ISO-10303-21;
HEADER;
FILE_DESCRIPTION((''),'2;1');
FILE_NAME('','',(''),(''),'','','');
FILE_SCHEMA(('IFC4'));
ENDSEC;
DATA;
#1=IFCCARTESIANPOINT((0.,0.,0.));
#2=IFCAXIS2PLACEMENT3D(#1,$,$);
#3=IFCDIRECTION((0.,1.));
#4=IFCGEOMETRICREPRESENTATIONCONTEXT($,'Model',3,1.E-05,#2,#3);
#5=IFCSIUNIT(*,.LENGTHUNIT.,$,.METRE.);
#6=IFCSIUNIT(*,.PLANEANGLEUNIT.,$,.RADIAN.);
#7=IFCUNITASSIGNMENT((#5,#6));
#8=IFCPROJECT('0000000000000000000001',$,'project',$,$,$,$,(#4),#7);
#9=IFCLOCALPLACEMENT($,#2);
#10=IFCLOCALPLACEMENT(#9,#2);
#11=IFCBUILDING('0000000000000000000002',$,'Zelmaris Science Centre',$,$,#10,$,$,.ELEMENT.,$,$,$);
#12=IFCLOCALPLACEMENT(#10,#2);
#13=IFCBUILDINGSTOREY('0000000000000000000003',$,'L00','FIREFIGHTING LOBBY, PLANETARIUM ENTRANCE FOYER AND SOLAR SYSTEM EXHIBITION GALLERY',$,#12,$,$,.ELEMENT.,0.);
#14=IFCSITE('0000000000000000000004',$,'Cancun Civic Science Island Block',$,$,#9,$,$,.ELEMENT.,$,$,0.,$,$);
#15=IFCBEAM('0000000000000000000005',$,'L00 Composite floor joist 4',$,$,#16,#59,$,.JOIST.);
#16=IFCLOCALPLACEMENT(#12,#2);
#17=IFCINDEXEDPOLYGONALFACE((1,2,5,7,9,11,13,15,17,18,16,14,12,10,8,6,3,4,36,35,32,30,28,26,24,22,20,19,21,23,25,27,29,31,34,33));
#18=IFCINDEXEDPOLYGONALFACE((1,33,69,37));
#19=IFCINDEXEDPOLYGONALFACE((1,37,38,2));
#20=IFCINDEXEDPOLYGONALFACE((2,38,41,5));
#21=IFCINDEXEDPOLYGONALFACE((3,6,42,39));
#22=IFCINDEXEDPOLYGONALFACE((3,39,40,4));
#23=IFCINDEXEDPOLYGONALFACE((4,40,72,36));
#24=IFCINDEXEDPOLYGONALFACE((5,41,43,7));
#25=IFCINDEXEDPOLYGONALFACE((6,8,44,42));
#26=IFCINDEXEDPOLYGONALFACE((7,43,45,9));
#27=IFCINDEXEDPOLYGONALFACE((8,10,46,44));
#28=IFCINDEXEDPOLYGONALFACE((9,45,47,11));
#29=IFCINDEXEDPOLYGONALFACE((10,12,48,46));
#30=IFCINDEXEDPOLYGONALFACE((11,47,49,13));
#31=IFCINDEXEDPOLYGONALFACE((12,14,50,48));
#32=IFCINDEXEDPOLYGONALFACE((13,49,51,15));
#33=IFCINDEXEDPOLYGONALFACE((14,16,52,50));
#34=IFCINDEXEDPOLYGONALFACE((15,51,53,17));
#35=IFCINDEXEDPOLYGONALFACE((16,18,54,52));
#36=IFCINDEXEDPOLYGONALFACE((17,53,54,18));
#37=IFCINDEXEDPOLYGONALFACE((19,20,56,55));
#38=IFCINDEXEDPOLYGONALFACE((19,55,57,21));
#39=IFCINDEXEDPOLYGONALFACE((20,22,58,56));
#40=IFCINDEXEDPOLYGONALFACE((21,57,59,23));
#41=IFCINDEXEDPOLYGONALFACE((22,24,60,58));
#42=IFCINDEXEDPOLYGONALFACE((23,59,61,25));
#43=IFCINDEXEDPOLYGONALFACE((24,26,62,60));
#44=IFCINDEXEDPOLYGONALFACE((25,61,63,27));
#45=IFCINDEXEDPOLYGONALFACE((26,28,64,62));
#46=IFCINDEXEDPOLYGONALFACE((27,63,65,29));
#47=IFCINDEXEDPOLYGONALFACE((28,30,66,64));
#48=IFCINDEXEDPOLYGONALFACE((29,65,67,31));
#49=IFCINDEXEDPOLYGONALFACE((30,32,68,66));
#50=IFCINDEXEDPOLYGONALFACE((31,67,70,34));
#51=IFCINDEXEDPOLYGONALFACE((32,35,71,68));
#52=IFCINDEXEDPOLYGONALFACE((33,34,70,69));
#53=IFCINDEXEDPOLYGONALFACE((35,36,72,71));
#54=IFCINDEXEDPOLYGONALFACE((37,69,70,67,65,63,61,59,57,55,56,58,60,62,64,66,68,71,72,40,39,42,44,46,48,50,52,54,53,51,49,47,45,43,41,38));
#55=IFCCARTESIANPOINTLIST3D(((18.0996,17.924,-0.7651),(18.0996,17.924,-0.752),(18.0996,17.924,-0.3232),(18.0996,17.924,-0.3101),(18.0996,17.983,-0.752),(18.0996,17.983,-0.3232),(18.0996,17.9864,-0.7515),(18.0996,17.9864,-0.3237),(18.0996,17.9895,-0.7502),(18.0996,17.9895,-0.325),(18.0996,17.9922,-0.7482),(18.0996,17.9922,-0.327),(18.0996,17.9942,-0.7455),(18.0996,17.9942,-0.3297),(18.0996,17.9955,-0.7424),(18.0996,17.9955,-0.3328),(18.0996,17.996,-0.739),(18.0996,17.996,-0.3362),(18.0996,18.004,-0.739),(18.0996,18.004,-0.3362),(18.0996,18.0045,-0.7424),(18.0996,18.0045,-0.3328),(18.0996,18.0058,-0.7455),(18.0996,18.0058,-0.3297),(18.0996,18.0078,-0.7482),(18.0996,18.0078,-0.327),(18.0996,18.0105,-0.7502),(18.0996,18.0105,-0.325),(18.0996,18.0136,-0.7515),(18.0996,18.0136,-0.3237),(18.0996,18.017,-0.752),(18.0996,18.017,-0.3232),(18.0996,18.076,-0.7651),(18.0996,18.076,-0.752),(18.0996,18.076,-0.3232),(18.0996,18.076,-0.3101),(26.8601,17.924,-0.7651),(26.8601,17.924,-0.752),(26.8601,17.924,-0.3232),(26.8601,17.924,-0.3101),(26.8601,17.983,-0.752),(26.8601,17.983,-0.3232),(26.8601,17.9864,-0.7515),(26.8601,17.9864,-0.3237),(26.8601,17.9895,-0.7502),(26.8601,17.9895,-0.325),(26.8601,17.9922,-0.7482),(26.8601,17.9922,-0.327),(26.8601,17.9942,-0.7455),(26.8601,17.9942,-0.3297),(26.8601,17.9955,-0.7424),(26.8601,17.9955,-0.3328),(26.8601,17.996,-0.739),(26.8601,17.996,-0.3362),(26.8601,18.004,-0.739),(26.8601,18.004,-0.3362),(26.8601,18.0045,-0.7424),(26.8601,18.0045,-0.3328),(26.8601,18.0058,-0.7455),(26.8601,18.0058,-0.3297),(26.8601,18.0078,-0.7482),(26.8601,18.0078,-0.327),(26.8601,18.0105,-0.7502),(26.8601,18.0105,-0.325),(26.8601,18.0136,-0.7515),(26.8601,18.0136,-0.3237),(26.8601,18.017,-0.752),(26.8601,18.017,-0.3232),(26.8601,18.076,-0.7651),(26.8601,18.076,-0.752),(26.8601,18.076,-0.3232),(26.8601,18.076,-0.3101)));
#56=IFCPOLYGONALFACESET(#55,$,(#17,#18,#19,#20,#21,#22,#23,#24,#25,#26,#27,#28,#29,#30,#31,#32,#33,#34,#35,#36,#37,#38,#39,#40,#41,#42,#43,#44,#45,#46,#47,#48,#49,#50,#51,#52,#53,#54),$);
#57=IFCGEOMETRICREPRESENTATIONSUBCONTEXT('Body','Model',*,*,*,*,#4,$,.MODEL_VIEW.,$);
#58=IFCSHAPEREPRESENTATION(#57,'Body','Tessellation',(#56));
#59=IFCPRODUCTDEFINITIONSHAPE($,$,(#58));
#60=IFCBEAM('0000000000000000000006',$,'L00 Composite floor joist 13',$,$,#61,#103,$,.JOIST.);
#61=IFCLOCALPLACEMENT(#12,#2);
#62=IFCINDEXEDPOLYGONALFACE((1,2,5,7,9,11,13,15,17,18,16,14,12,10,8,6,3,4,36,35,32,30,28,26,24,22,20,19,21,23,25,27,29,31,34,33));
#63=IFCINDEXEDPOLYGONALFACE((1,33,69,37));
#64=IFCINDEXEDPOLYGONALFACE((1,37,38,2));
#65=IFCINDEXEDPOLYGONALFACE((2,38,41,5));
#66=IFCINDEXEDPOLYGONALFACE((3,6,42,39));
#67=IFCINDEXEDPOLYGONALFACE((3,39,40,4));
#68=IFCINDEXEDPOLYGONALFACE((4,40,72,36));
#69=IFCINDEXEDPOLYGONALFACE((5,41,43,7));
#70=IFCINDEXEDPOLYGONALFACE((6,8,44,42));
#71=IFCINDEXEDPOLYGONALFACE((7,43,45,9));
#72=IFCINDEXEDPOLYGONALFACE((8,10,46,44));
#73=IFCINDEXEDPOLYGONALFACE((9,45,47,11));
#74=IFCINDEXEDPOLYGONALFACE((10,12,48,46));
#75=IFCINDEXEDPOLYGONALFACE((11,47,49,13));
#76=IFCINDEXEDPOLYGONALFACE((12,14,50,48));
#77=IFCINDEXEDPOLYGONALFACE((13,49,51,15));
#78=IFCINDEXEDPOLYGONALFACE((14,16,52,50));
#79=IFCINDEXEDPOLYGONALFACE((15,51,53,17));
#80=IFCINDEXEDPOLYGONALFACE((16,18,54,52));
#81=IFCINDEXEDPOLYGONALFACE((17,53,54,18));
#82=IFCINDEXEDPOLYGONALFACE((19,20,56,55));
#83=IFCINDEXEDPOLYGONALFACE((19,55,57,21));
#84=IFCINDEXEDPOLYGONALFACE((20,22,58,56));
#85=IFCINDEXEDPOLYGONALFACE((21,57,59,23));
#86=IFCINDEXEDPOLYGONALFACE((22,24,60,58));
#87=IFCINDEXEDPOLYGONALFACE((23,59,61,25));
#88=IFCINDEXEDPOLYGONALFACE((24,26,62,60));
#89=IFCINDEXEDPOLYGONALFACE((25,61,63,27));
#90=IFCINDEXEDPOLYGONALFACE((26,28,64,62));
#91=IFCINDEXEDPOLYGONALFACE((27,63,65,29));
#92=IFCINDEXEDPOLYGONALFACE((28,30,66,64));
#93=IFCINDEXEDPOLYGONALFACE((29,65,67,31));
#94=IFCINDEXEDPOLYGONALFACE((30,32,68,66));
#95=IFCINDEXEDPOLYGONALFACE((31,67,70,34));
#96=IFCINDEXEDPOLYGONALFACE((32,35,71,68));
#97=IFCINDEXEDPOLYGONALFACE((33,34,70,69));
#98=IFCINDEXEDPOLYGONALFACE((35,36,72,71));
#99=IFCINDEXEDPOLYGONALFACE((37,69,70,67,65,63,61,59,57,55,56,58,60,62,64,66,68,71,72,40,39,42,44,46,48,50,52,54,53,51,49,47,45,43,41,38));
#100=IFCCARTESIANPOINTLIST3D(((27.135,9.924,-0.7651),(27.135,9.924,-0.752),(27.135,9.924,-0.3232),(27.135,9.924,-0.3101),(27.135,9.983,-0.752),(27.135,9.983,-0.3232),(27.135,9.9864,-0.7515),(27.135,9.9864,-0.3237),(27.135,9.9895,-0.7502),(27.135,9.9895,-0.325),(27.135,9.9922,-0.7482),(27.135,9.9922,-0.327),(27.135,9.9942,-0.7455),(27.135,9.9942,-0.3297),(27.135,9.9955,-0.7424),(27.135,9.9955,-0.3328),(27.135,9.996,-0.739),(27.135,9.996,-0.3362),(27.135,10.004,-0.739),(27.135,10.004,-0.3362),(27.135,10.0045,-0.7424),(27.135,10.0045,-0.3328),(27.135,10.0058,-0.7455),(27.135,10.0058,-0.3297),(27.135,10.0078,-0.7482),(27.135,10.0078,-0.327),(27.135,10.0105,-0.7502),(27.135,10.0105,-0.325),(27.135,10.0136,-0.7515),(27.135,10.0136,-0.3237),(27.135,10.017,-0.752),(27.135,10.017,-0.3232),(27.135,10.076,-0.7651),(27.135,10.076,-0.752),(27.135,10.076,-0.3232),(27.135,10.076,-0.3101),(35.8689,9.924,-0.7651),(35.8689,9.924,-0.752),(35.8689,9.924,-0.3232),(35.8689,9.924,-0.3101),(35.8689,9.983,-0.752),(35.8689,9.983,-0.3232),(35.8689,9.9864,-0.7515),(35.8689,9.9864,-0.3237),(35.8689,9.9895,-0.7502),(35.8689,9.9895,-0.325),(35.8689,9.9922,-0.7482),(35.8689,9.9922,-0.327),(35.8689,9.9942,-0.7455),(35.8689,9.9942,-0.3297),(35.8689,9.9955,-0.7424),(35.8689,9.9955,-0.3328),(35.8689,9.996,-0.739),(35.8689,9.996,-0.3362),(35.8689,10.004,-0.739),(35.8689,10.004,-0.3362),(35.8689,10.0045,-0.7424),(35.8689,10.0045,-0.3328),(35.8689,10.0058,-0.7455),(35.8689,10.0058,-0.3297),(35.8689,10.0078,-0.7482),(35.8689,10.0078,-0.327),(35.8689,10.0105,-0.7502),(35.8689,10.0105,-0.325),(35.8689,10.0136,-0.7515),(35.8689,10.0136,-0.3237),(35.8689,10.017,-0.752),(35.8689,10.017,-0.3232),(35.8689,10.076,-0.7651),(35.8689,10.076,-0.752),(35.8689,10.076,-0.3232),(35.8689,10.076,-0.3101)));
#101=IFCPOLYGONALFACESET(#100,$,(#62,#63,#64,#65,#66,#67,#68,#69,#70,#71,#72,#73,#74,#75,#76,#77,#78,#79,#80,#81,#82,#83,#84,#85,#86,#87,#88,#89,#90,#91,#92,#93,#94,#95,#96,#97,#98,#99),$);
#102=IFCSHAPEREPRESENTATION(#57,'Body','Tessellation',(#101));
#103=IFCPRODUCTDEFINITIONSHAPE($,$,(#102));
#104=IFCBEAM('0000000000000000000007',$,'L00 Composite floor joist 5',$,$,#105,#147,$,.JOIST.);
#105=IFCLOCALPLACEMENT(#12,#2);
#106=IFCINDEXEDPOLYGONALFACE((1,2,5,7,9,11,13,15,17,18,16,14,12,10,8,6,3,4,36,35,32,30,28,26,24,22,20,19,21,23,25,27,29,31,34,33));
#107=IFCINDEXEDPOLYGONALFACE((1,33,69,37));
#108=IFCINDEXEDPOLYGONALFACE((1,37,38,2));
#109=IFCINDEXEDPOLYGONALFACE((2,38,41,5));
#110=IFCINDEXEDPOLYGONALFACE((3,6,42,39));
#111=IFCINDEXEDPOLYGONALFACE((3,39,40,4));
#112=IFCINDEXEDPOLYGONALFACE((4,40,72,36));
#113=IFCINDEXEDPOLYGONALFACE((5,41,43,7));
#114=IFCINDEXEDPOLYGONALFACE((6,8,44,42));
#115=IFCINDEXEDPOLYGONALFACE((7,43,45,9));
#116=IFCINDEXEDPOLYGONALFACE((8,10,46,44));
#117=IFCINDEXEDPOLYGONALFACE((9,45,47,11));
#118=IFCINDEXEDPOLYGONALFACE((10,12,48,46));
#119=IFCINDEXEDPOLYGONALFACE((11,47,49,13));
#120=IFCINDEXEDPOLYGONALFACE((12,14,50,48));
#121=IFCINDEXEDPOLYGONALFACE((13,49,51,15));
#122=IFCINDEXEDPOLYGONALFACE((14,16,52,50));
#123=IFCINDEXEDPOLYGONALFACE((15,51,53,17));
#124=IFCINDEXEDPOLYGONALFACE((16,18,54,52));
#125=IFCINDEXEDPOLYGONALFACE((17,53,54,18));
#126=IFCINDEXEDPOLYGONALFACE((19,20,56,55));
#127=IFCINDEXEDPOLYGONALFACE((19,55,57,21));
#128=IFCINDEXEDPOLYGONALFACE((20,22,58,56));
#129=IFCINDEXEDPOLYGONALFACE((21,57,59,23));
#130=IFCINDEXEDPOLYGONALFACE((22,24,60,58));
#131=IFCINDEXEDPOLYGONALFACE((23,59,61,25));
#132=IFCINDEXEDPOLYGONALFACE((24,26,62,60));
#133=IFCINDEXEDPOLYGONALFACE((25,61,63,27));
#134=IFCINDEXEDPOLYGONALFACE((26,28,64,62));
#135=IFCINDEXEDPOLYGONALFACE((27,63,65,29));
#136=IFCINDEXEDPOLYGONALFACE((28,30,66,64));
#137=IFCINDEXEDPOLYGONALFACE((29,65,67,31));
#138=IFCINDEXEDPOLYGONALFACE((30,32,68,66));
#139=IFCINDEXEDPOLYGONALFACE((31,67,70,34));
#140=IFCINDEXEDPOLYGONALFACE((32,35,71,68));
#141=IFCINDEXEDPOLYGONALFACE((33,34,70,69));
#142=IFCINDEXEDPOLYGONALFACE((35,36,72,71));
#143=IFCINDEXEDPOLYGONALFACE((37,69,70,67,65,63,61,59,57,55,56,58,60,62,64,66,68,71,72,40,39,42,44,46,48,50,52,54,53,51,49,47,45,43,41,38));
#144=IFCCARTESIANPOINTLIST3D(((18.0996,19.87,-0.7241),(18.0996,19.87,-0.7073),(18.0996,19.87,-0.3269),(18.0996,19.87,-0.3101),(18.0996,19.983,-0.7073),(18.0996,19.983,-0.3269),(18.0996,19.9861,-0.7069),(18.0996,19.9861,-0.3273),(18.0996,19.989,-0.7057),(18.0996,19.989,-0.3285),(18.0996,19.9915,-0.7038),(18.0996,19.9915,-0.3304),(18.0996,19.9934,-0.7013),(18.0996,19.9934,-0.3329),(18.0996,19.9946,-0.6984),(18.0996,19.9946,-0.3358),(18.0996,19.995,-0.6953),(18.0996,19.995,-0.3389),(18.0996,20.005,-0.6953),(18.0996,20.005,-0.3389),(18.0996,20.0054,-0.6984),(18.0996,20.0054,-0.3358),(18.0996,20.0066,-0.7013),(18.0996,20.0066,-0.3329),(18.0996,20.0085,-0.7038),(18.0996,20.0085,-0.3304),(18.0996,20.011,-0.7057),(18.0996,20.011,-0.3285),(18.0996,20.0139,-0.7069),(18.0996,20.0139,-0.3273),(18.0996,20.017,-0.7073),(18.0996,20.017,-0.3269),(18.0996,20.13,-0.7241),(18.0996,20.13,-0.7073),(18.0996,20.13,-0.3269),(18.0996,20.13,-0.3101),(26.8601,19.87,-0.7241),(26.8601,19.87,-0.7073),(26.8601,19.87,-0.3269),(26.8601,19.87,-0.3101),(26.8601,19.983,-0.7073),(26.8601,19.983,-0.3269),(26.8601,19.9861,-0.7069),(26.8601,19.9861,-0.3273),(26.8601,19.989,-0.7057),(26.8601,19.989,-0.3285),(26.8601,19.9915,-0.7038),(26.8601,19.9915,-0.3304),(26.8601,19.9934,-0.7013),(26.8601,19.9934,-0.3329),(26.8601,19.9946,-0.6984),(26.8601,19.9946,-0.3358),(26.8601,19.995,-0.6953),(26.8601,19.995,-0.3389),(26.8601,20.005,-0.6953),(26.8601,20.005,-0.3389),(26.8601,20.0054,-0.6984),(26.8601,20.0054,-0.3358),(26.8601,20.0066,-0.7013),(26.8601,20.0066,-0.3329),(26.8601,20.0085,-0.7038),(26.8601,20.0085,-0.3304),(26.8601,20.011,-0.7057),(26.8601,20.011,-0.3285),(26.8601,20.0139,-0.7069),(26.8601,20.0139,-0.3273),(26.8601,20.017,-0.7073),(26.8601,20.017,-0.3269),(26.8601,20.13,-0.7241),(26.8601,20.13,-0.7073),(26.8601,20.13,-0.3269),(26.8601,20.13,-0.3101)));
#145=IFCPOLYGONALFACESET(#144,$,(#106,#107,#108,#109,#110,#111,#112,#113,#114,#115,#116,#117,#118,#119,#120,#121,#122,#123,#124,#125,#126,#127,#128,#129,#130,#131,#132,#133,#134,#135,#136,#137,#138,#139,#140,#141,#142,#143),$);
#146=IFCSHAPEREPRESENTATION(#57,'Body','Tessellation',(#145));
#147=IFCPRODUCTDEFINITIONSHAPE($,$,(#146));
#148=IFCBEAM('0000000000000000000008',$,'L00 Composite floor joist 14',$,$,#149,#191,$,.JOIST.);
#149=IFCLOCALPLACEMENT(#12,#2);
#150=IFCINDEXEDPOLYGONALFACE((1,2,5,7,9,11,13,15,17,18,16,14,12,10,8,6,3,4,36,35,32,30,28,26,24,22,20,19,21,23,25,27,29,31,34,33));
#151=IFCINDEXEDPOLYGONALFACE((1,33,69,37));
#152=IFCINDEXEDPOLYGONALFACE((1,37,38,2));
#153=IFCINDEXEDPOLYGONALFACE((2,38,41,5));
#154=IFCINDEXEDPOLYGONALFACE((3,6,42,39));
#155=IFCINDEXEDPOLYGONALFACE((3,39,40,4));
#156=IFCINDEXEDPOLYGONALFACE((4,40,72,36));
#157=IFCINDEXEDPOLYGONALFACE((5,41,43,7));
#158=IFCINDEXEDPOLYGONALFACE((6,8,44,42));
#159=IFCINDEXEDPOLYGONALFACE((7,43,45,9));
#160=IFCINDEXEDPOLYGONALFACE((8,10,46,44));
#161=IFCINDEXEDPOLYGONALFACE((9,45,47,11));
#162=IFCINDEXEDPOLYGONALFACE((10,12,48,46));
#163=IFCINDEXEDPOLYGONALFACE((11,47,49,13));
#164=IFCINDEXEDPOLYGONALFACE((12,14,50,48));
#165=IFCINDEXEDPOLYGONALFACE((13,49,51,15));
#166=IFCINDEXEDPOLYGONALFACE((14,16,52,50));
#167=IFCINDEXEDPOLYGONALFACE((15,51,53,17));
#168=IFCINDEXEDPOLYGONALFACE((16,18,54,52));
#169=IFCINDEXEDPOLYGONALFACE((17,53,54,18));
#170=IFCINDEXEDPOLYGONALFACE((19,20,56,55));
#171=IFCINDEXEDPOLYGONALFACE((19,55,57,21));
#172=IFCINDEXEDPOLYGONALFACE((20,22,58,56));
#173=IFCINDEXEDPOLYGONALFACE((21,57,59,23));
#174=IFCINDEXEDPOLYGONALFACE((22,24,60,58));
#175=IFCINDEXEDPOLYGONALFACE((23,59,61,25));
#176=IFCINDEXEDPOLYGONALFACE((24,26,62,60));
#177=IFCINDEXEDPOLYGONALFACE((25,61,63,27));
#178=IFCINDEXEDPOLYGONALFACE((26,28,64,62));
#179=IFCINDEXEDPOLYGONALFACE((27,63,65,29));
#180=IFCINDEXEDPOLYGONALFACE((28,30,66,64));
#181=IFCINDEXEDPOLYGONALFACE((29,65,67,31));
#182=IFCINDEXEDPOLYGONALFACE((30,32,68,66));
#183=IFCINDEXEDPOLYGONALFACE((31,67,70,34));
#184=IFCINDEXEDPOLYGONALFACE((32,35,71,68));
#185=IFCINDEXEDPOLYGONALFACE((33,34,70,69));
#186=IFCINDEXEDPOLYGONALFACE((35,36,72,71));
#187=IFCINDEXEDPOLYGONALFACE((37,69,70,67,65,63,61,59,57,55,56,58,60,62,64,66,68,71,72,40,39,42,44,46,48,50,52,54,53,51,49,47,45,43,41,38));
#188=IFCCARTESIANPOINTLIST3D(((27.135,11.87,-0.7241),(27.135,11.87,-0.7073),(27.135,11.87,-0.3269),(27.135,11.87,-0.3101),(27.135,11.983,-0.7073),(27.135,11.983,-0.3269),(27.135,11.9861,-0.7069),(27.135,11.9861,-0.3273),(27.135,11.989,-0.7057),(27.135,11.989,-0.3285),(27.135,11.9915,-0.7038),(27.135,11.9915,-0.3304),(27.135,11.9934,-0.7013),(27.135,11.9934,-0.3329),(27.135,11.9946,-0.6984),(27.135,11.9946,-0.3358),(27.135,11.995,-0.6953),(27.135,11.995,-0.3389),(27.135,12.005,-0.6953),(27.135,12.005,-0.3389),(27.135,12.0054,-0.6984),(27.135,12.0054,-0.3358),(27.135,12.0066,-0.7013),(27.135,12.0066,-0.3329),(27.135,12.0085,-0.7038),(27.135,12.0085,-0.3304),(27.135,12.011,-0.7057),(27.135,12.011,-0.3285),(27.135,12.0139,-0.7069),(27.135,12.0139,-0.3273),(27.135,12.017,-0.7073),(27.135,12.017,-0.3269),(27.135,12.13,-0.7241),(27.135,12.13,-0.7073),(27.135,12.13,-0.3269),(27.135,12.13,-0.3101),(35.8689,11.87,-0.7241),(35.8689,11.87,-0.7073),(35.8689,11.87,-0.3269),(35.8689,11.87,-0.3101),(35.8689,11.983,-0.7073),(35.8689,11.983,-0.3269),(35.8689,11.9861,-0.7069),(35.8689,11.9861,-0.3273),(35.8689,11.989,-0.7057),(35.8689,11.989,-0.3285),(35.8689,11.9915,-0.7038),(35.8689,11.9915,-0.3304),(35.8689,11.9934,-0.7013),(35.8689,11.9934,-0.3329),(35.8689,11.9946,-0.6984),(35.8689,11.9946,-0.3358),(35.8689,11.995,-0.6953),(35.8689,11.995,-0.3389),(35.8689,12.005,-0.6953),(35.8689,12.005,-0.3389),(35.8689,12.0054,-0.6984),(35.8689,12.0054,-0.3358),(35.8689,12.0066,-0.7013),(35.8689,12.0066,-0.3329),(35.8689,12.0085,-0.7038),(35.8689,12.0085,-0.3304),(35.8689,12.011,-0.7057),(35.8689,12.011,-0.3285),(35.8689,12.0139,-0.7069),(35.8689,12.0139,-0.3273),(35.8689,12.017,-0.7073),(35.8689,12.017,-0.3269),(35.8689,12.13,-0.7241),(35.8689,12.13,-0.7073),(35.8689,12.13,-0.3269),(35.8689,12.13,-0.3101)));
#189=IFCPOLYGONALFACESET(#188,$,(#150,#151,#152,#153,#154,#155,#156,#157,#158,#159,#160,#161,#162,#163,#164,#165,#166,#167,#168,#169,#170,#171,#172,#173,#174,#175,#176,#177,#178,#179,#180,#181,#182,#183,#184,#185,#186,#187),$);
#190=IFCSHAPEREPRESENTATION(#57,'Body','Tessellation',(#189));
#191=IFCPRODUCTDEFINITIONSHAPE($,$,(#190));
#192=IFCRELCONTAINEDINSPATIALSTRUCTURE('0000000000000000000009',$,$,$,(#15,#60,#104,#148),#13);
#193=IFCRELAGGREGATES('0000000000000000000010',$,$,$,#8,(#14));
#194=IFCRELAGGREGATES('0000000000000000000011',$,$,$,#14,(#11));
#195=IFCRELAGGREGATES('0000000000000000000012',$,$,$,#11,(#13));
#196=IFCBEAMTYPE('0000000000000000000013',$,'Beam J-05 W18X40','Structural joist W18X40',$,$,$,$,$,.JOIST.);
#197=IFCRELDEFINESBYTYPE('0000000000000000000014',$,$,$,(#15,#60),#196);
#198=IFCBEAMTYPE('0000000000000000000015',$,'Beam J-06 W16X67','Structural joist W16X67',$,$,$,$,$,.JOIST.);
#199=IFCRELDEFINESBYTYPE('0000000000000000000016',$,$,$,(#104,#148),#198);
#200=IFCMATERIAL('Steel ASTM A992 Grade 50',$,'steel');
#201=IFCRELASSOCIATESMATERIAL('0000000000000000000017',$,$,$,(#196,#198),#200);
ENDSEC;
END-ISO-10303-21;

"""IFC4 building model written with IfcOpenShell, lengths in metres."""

from ifc_helpers import new_model, si_unit, direction, frame, origin, origin_2d, place, context, subcontext, project, spatial, i_section, extrude, material, material_profile, profile_set, type_object, element, save


model = new_model("IFC4")

# Units and contexts
model_context = context("Model", 3, precision=1e-05, world=origin(), true_north=direction((0.0, 1.0)))
body_context = subcontext(model_context, "Body", "Model", "MODEL_VIEW")
ifc_project = project(units=[si_unit("LENGTHUNIT", "METRE"), si_unit("PLANEANGLEUNIT", "RADIAN")], contexts=[model_context])

# Site, building, storey
site_placement = place(None, origin())
site = spatial("IfcSite", under=ifc_project, at=site_placement, Name="Cancun Civic Science Island Block", CompositionType="ELEMENT", RefElevation=0.0)
building_placement = place(site_placement, origin())
building = spatial("IfcBuilding", under=site, at=building_placement, Name="Zelmaris Science Centre", CompositionType="ELEMENT")
storey_placement = place(building_placement, origin())
storey = spatial("IfcBuildingStorey", under=building, at=storey_placement, Name="L00", Description="FIREFIGHTING LOBBY, PLANETARIUM ENTRANCE FOYER AND SOLAR SYSTEM EXHIBITION GALLERY", CompositionType="ELEMENT", Elevation=0.0)

# Shared definitions
ifc_material_1 = material(Name="Steel ASTM A992 Grade 50", Category="steel")

# Beams
ifc_material_profile_1 = material_profile(ifc_material_1, i_section(OverallWidth=0.1521, OverallDepth=0.4551, WebThickness=0.0081, FlangeThickness=0.0132, FilletRadius=0.0129, at=origin_2d()), Name="W18X40")
ifc_profile_set_1 = profile_set([ifc_material_profile_1], Name="Steel ASTM A992 Grade 50")
beam_type_1 = type_object("IfcBeamType", Name="Beam J-05 W18X40", Description="Structural joist W18X40", PredefinedType="JOIST", material=ifc_profile_set_1)
beam_1_placement = place(storey_placement, frame((18.0996, 18.0, -0.5376), z_axis=(1.0, 0.0, 0.0), x_axis=(0.0, 1.0, 0.0)))
element("IfcBeam", 1, at=beam_1_placement, inside=storey, type_object=beam_type_1, Name="L00 Composite floor joist 4", PredefinedType="JOIST", context=body_context, shape_type="SweptSolid", body=[
    extrude(i_section(OverallWidth=0.1521, OverallDepth=0.4551, WebThickness=0.0081, FlangeThickness=0.0132, FilletRadius=0.0129, at=origin_2d()), origin(), (0.0, 0.0, 1.0), 8.7605),
])
beam_2_placement = place(storey_placement, frame((27.135, 10.0, -0.5376), z_axis=(1.0, 0.0, 0.0), x_axis=(0.0, 1.0, 0.0)))
element("IfcBeam", 2, at=beam_2_placement, inside=storey, type_object=beam_type_1, Name="L00 Composite floor joist 13", PredefinedType="JOIST", context=body_context, shape_type="SweptSolid", body=[
    extrude(i_section(OverallWidth=0.1521, OverallDepth=0.4551, WebThickness=0.0081, FlangeThickness=0.0132, FilletRadius=0.0129, at=origin_2d()), origin(), (0.0, 0.0, 1.0), 8.7339),
])
ifc_material_profile_2 = material_profile(ifc_material_1, i_section(OverallWidth=0.26, OverallDepth=0.4141, WebThickness=0.01, FlangeThickness=0.0168, FilletRadius=0.012, at=origin_2d()), Name="W16X67")
ifc_profile_set_2 = profile_set([ifc_material_profile_2], Name="Steel ASTM A992 Grade 50")
beam_type_2 = type_object("IfcBeamType", Name="Beam J-06 W16X67", Description="Structural joist W16X67", PredefinedType="JOIST", material=ifc_profile_set_2)
beam_3_placement = place(storey_placement, frame((18.0996, 20.0, -0.5171), z_axis=(1.0, 0.0, 0.0), x_axis=(0.0, 1.0, 0.0)))
element("IfcBeam", 3, at=beam_3_placement, inside=storey, type_object=beam_type_2, Name="L00 Composite floor joist 5", PredefinedType="JOIST", context=body_context, shape_type="SweptSolid", body=[
    extrude(i_section(OverallWidth=0.26, OverallDepth=0.4141, WebThickness=0.01, FlangeThickness=0.0168, FilletRadius=0.012, at=origin_2d()), origin(), (0.0, 0.0, 1.0), 8.7605),
])
beam_4_placement = place(storey_placement, frame((27.135, 12.0, -0.5171), z_axis=(1.0, 0.0, 0.0), x_axis=(0.0, 1.0, 0.0)))
element("IfcBeam", 4, at=beam_4_placement, inside=storey, type_object=beam_type_2, Name="L00 Composite floor joist 14", PredefinedType="JOIST", context=body_context, shape_type="SweptSolid", body=[
    extrude(i_section(OverallWidth=0.26, OverallDepth=0.4141, WebThickness=0.01, FlangeThickness=0.0168, FilletRadius=0.012, at=origin_2d()), origin(), (0.0, 0.0, 1.0), 8.7339),
])

save(model, "model.ifc")
